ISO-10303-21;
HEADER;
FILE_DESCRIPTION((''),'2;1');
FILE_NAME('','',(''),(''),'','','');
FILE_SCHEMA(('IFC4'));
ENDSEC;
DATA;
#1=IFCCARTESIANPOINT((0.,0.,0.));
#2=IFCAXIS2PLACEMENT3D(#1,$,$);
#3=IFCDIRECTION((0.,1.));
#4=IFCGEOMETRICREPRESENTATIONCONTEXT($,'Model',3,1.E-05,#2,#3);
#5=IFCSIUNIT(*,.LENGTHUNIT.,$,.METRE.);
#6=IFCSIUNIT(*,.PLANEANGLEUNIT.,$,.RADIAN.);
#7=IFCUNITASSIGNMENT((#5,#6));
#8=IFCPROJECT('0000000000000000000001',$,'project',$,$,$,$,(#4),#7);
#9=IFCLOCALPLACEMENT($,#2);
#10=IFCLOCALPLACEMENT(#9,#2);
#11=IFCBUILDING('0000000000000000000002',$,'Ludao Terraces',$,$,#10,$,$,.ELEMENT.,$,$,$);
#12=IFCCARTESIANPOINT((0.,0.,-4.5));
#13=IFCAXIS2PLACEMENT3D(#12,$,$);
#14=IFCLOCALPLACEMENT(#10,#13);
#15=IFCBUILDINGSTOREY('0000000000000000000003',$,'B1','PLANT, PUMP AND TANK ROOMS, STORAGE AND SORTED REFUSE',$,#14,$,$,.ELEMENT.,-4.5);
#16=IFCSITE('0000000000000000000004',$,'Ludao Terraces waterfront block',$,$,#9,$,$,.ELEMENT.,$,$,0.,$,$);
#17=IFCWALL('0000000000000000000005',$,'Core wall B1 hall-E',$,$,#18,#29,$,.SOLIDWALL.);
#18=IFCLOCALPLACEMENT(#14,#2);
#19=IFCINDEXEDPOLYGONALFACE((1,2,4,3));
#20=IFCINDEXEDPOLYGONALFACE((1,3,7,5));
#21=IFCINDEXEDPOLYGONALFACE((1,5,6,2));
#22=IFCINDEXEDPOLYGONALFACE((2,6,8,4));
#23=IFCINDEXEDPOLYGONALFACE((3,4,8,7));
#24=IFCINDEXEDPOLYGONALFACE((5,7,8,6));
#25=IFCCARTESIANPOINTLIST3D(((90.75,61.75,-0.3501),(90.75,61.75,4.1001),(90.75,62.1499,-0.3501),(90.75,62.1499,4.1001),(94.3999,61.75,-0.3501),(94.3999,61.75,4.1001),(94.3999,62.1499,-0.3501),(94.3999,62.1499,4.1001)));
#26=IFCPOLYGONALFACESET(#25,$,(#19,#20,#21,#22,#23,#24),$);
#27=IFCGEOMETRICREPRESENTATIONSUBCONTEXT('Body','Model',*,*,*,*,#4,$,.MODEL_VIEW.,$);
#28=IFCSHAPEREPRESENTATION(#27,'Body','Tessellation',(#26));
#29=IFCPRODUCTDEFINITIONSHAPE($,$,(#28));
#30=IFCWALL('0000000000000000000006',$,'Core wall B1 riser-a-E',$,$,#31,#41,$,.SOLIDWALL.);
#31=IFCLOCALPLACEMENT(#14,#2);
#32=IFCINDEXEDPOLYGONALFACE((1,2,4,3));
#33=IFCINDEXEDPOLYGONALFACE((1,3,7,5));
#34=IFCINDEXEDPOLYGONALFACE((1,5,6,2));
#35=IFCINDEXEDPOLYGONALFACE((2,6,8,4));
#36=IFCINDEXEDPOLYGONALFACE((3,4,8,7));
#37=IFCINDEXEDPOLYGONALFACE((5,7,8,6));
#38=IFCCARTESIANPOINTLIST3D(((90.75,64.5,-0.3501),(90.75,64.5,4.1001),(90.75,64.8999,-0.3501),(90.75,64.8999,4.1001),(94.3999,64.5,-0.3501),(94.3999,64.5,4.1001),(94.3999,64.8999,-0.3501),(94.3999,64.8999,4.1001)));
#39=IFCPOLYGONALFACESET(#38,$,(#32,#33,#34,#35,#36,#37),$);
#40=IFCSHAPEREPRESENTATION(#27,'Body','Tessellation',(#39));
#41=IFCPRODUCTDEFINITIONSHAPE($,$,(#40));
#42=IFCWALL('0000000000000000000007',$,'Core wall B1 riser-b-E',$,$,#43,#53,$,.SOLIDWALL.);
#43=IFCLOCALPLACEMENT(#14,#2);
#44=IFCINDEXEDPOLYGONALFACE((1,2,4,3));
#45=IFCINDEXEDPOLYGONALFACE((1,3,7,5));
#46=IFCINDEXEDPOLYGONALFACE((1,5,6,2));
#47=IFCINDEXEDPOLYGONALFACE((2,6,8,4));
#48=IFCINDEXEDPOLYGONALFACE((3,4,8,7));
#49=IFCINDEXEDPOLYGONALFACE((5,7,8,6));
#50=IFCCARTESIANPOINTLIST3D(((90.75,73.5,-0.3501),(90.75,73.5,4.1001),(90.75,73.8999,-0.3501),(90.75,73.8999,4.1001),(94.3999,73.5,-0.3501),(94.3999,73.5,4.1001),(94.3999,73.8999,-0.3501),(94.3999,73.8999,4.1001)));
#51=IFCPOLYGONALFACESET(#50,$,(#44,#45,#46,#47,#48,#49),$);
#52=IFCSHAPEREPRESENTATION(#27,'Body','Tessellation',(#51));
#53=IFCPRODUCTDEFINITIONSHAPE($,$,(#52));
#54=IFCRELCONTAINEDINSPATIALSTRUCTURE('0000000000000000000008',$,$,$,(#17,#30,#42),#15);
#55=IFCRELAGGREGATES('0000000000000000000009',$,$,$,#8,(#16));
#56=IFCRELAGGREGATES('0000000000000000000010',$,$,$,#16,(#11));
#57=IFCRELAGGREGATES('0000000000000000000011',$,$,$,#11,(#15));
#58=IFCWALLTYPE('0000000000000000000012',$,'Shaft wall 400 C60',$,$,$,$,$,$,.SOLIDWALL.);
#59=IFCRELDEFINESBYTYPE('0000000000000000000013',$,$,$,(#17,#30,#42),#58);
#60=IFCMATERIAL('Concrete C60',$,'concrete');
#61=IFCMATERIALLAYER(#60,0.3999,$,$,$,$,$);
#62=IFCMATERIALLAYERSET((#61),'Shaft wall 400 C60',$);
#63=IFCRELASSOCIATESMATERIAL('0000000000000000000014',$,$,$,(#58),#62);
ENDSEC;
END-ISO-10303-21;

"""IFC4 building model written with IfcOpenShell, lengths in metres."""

from ifc_helpers import new_model, si_unit, direction, frame, frame_2d, origin, place, context, subcontext, project, spatial, rectangle, extrude, material, layer, layer_set, type_object, element, save


model = new_model("IFC4")

# Units and contexts
model_context = context("Model", 3, precision=1e-05, world=origin(), true_north=direction((0.0, 1.0)))
body_context = subcontext(model_context, "Body", "Model", "MODEL_VIEW")
ifc_project = project(units=[si_unit("LENGTHUNIT", "METRE"), si_unit("PLANEANGLEUNIT", "RADIAN")], contexts=[model_context])

# Site, building, storey
site_placement = place(None, origin())
site = spatial("IfcSite", under=ifc_project, at=site_placement, Name="Ludao Terraces waterfront block", CompositionType="ELEMENT", RefElevation=0.0)
building_placement = place(site_placement, origin())
building = spatial("IfcBuilding", under=site, at=building_placement, Name="Ludao Terraces", CompositionType="ELEMENT")
storey_placement = place(building_placement, frame((0.0, 0.0, -4.5)))
storey = spatial("IfcBuildingStorey", under=building, at=storey_placement, Name="B1", Description="PLANT, PUMP AND TANK ROOMS, STORAGE AND SORTED REFUSE", CompositionType="ELEMENT", Elevation=-4.5)

# Shared definitions
ifc_material_1 = material(Name="Concrete C60", Category="concrete")
ifc_layer_1 = layer(ifc_material_1, 0.3999)
ifc_layer_set_1 = layer_set([ifc_layer_1], Name="Shaft wall 400 C60")
wall_type_1 = type_object("IfcWallType", Name="Shaft wall 400 C60", PredefinedType="SOLIDWALL", material=ifc_layer_set_1)

# Walls
for number, where, z_axis, x_axis, name in (
    (1, (90.75, 61.95, -0.3501), (0.0, 0.0, 1.0), (1.0, 0.0, 0.0), "Core wall B1 hall-E"),
    (2, (90.75, 64.7, -0.3501), (0.0, 0.0, 1.0), (1.0, 0.0, 0.0), "Core wall B1 riser-a-E"),
    (3, (90.75, 73.7, -0.3501), (0.0, 0.0, 1.0), (1.0, 0.0, 0.0), "Core wall B1 riser-b-E"),
):
    element("IfcWall", number, at=place(storey_placement, frame(where, z_axis=z_axis, x_axis=x_axis)), inside=storey, type_object=wall_type_1, Name=name, PredefinedType="SOLIDWALL", context=body_context, shape_type="SweptSolid", body=[
        extrude(rectangle(XDim=3.6499, YDim=0.3999, at=frame_2d((1.825, 0.0))), origin(), (0.0, 0.0, 1.0), 4.4502),
    ])

save(model, "model.ifc")
